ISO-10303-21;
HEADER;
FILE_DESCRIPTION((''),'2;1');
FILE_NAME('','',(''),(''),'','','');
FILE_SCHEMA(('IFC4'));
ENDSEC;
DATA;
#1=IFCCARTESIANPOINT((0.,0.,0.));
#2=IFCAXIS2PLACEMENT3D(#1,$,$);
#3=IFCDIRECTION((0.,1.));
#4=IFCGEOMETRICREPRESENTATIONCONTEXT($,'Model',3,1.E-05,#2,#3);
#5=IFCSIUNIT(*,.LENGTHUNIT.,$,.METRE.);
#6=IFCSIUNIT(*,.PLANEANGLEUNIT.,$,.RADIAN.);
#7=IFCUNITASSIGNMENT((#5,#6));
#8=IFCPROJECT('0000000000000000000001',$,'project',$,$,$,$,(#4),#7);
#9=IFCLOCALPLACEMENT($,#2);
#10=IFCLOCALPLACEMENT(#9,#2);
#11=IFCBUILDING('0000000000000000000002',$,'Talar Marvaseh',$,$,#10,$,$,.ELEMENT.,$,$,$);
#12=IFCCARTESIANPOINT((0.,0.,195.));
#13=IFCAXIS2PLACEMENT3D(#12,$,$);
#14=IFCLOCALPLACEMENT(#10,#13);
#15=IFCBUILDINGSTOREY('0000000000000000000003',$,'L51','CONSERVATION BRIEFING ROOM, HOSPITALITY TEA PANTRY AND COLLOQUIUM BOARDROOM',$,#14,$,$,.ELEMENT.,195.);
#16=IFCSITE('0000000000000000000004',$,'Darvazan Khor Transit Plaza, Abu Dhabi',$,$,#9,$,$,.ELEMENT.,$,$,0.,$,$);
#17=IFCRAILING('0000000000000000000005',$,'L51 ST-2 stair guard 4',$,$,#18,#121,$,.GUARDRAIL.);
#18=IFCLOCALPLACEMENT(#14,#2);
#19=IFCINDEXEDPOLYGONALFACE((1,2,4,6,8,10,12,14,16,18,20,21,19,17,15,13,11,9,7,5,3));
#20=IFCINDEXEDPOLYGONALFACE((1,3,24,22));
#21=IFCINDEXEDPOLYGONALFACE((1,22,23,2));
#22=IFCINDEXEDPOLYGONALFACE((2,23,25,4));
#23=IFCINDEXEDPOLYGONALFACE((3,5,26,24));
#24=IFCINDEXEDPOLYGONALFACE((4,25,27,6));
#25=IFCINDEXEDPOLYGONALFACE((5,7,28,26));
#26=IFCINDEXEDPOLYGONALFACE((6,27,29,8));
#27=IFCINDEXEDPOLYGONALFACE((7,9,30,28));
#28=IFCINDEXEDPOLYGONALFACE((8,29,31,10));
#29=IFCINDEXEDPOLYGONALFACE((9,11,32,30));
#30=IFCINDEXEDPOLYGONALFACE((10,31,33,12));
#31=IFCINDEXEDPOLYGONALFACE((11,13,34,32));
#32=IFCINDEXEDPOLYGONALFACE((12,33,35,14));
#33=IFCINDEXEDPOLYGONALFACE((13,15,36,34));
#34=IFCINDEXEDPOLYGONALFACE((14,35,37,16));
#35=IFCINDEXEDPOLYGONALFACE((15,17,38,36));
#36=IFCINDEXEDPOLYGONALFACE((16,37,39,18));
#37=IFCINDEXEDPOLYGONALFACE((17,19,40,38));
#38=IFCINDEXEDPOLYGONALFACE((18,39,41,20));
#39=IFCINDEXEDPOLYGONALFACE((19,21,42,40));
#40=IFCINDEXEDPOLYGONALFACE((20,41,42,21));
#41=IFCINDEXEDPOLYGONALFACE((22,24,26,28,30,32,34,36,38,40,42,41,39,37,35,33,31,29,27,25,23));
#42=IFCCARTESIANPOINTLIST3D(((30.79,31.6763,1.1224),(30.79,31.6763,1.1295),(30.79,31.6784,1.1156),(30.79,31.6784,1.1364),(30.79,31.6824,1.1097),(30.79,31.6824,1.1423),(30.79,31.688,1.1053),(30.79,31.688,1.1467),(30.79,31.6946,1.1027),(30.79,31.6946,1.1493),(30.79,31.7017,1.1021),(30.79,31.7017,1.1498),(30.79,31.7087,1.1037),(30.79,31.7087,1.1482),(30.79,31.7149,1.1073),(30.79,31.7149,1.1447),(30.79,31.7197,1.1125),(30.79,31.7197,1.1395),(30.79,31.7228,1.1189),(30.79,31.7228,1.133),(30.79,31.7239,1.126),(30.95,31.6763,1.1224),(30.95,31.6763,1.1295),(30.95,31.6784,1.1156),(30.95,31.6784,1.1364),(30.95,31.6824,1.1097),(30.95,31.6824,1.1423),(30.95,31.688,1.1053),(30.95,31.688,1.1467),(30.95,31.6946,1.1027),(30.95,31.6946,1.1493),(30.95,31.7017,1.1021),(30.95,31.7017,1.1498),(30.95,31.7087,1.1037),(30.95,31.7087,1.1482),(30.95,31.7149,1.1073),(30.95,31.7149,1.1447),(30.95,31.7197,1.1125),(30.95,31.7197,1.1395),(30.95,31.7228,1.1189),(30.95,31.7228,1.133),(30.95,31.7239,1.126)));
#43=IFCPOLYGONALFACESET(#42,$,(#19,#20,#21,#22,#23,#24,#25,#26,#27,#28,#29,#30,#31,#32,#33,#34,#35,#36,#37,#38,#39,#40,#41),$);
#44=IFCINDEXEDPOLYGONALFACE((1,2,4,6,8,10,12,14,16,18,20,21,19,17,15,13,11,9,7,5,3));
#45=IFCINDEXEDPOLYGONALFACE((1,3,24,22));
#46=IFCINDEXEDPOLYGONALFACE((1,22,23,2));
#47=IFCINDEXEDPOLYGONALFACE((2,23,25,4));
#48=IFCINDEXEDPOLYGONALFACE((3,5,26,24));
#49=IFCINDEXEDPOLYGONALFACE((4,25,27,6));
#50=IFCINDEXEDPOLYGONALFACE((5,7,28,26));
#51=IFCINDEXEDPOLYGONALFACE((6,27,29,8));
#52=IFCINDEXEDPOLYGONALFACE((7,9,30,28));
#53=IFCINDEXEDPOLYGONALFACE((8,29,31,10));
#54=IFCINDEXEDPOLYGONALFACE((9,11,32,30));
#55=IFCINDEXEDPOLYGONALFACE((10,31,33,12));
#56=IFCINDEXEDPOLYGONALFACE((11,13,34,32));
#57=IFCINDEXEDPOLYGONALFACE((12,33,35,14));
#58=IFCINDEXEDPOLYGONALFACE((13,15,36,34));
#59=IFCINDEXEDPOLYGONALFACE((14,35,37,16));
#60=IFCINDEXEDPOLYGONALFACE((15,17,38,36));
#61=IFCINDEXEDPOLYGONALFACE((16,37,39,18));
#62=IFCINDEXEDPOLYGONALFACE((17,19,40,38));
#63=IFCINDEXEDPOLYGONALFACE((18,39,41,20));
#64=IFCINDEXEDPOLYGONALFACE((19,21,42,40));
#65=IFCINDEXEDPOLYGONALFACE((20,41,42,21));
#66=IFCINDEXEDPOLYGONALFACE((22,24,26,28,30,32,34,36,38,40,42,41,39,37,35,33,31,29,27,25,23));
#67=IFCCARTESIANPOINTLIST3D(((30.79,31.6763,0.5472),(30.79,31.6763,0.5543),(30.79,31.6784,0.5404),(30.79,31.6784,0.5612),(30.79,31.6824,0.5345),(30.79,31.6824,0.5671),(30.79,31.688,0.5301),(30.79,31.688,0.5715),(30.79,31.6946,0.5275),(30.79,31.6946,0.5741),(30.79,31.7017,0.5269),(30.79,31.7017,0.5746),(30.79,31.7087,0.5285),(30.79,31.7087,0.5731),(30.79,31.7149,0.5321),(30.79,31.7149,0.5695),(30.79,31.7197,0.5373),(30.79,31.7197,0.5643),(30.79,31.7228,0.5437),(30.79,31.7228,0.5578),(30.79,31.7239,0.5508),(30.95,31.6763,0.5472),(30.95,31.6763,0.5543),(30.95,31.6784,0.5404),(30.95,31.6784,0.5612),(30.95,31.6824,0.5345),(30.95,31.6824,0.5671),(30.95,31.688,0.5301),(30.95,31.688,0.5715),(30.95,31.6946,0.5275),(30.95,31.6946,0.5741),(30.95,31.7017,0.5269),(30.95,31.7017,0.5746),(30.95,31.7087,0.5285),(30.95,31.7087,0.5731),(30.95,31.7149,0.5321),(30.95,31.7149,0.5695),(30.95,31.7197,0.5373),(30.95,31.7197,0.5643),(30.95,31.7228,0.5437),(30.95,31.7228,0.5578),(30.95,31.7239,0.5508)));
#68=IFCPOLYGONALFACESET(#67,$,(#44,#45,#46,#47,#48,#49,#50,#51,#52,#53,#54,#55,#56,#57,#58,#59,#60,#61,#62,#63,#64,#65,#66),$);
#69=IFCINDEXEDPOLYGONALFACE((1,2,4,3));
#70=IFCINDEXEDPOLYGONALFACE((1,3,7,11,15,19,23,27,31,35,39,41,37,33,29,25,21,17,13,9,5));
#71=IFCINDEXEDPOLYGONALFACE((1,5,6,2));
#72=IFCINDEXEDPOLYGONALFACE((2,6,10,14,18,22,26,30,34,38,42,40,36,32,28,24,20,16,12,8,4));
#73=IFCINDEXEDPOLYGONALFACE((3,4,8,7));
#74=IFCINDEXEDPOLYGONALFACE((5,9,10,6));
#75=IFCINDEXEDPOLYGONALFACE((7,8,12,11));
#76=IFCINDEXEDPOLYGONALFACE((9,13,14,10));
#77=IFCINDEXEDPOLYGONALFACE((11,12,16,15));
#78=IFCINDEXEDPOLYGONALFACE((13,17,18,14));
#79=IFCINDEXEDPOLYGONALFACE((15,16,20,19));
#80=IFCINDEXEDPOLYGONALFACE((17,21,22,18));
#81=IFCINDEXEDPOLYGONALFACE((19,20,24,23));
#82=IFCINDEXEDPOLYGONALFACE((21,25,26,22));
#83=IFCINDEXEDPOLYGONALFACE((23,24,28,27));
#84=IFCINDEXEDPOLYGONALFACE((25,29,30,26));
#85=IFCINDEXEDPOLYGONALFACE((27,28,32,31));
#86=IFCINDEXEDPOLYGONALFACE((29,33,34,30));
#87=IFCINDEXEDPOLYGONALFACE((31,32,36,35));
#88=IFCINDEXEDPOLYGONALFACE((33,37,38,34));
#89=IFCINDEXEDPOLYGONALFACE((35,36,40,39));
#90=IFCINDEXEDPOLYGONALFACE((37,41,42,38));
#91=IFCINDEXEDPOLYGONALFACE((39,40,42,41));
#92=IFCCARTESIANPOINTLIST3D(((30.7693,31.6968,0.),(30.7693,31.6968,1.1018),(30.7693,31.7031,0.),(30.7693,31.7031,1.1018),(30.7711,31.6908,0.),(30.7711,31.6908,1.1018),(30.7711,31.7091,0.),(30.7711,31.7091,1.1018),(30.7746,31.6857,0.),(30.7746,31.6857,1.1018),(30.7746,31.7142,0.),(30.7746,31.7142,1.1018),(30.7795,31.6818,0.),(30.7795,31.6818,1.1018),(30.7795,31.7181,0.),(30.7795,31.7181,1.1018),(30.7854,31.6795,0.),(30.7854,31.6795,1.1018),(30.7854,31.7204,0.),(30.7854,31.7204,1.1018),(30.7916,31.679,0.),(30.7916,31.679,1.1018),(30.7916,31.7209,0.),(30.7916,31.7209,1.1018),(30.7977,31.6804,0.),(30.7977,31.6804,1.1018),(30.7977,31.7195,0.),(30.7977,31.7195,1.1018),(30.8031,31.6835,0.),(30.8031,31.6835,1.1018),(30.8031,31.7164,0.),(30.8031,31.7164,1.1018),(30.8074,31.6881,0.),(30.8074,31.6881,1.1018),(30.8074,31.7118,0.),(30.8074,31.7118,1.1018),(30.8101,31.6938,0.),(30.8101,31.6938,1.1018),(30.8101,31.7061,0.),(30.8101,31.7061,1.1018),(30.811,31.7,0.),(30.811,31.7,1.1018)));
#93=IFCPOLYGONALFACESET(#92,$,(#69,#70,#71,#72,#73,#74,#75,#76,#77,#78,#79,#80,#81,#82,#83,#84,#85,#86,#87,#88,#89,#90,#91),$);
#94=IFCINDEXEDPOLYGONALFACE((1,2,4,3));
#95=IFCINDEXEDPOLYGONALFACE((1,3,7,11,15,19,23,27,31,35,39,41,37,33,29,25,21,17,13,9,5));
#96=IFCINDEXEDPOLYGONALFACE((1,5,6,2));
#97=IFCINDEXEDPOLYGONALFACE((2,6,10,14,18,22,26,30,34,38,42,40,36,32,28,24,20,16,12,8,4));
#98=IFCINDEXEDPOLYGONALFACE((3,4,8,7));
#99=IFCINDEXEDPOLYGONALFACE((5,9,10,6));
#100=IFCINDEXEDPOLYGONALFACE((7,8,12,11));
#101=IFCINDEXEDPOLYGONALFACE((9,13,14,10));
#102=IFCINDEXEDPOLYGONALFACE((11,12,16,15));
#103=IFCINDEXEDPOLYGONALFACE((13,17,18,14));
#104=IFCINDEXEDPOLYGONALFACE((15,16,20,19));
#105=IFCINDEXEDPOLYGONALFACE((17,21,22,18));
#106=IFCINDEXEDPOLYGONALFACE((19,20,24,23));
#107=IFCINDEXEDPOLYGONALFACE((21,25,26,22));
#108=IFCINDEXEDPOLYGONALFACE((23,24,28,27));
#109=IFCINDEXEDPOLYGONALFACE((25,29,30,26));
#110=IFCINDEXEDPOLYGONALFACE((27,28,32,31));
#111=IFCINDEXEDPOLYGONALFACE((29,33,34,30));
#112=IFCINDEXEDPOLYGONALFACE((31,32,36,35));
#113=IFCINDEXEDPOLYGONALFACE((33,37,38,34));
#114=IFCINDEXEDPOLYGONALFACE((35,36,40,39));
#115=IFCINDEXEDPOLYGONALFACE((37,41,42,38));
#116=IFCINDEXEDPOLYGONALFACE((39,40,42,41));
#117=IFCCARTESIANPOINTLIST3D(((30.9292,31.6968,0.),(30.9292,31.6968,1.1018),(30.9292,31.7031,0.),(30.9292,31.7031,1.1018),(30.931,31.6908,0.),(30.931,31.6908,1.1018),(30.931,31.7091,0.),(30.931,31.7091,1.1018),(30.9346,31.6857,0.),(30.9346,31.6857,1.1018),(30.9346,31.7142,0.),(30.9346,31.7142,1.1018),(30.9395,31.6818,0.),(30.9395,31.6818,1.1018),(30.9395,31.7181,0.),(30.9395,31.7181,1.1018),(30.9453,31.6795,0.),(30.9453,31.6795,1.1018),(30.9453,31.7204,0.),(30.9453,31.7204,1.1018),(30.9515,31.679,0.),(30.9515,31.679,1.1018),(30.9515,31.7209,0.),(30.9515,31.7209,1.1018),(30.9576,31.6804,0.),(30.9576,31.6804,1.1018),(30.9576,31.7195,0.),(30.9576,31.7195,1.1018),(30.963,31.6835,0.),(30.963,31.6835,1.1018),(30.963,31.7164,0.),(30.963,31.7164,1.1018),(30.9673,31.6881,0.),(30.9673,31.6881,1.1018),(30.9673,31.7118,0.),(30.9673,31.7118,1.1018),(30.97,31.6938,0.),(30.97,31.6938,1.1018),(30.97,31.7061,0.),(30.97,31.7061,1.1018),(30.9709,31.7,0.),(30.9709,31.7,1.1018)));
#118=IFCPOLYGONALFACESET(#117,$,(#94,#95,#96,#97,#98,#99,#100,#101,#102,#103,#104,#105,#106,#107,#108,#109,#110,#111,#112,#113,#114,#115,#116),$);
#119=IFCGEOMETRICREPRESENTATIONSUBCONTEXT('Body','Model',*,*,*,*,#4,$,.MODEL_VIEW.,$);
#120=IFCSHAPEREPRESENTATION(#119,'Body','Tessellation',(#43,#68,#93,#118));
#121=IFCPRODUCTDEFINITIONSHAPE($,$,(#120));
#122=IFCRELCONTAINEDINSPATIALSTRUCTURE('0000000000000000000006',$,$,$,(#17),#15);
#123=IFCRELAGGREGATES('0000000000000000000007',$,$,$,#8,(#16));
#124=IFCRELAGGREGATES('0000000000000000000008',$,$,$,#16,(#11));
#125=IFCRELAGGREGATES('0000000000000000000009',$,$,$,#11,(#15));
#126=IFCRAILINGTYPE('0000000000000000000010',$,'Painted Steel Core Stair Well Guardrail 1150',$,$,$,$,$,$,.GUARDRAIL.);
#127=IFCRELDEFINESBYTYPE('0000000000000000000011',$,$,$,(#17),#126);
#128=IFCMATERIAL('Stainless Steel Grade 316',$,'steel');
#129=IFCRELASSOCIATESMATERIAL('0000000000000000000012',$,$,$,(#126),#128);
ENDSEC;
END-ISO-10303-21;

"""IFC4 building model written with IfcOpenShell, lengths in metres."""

from ifc_helpers import new_model, si_unit, direction, frame, origin, origin_2d, place, context, subcontext, project, spatial, circle, extrude, material, type_object, element, save


model = new_model("IFC4")

# Units and contexts
model_context = context("Model", 3, precision=1e-05, world=origin(), true_north=direction((0.0, 1.0)))
body_context = subcontext(model_context, "Body", "Model", "MODEL_VIEW")
ifc_project = project(units=[si_unit("LENGTHUNIT", "METRE"), si_unit("PLANEANGLEUNIT", "RADIAN")], contexts=[model_context])

# Site, building, storey
site_placement = place(None, origin())
site = spatial("IfcSite", under=ifc_project, at=site_placement, Name="Darvazan Khor Transit Plaza, Abu Dhabi", CompositionType="ELEMENT", RefElevation=0.0)
building_placement = place(site_placement, origin())
building = spatial("IfcBuilding", under=site, at=building_placement, Name="Talar Marvaseh", CompositionType="ELEMENT")
storey_placement = place(building_placement, frame((0.0, 0.0, 195.0)))
storey = spatial("IfcBuildingStorey", under=building, at=storey_placement, Name="L51", Description="CONSERVATION BRIEFING ROOM, HOSPITALITY TEA PANTRY AND COLLOQUIUM BOARDROOM", CompositionType="ELEMENT", Elevation=195.0)

# Shared definitions
ifc_material_1 = material(Name="Stainless Steel Grade 316", Category="steel")

# Railing
railing_type_1 = type_object("IfcRailingType", Name="Painted Steel Core Stair Well Guardrail 1150", PredefinedType="GUARDRAIL", material=ifc_material_1)
railing_1_placement = place(storey_placement, frame((30.79, 31.7, 0.0)))
element("IfcRailing", 1, at=railing_1_placement, inside=storey, type_object=railing_type_1, Name="L51 ST-2 stair guard 4", PredefinedType="GUARDRAIL", context=body_context, shape_type="SweptSolid", body=[
    extrude(circle(Radius=0.0239, at=origin_2d()), frame((0.0, 0.0, 1.126), z_axis=(1.0, 0.0, 0.0), x_axis=(0.0, 1.0, 0.0)), (0.0, 0.0, 1.0), 0.1599),
    extrude(circle(Radius=0.0239, at=origin_2d()), frame((0.0, 0.0, 0.5508), z_axis=(1.0, 0.0, 0.0), x_axis=(0.0, 1.0, 0.0)), (0.0, 0.0, 1.0), 0.1599),
    extrude(circle(Radius=0.021, at=origin_2d()), origin(), (0.0, 0.0, 1.0), 1.1018),
    extrude(circle(Radius=0.021, at=origin_2d()), frame((0.1599, 0.0, 0.0)), (0.0, 0.0, 1.0), 1.1018),
])

save(model, "model.ifc")
